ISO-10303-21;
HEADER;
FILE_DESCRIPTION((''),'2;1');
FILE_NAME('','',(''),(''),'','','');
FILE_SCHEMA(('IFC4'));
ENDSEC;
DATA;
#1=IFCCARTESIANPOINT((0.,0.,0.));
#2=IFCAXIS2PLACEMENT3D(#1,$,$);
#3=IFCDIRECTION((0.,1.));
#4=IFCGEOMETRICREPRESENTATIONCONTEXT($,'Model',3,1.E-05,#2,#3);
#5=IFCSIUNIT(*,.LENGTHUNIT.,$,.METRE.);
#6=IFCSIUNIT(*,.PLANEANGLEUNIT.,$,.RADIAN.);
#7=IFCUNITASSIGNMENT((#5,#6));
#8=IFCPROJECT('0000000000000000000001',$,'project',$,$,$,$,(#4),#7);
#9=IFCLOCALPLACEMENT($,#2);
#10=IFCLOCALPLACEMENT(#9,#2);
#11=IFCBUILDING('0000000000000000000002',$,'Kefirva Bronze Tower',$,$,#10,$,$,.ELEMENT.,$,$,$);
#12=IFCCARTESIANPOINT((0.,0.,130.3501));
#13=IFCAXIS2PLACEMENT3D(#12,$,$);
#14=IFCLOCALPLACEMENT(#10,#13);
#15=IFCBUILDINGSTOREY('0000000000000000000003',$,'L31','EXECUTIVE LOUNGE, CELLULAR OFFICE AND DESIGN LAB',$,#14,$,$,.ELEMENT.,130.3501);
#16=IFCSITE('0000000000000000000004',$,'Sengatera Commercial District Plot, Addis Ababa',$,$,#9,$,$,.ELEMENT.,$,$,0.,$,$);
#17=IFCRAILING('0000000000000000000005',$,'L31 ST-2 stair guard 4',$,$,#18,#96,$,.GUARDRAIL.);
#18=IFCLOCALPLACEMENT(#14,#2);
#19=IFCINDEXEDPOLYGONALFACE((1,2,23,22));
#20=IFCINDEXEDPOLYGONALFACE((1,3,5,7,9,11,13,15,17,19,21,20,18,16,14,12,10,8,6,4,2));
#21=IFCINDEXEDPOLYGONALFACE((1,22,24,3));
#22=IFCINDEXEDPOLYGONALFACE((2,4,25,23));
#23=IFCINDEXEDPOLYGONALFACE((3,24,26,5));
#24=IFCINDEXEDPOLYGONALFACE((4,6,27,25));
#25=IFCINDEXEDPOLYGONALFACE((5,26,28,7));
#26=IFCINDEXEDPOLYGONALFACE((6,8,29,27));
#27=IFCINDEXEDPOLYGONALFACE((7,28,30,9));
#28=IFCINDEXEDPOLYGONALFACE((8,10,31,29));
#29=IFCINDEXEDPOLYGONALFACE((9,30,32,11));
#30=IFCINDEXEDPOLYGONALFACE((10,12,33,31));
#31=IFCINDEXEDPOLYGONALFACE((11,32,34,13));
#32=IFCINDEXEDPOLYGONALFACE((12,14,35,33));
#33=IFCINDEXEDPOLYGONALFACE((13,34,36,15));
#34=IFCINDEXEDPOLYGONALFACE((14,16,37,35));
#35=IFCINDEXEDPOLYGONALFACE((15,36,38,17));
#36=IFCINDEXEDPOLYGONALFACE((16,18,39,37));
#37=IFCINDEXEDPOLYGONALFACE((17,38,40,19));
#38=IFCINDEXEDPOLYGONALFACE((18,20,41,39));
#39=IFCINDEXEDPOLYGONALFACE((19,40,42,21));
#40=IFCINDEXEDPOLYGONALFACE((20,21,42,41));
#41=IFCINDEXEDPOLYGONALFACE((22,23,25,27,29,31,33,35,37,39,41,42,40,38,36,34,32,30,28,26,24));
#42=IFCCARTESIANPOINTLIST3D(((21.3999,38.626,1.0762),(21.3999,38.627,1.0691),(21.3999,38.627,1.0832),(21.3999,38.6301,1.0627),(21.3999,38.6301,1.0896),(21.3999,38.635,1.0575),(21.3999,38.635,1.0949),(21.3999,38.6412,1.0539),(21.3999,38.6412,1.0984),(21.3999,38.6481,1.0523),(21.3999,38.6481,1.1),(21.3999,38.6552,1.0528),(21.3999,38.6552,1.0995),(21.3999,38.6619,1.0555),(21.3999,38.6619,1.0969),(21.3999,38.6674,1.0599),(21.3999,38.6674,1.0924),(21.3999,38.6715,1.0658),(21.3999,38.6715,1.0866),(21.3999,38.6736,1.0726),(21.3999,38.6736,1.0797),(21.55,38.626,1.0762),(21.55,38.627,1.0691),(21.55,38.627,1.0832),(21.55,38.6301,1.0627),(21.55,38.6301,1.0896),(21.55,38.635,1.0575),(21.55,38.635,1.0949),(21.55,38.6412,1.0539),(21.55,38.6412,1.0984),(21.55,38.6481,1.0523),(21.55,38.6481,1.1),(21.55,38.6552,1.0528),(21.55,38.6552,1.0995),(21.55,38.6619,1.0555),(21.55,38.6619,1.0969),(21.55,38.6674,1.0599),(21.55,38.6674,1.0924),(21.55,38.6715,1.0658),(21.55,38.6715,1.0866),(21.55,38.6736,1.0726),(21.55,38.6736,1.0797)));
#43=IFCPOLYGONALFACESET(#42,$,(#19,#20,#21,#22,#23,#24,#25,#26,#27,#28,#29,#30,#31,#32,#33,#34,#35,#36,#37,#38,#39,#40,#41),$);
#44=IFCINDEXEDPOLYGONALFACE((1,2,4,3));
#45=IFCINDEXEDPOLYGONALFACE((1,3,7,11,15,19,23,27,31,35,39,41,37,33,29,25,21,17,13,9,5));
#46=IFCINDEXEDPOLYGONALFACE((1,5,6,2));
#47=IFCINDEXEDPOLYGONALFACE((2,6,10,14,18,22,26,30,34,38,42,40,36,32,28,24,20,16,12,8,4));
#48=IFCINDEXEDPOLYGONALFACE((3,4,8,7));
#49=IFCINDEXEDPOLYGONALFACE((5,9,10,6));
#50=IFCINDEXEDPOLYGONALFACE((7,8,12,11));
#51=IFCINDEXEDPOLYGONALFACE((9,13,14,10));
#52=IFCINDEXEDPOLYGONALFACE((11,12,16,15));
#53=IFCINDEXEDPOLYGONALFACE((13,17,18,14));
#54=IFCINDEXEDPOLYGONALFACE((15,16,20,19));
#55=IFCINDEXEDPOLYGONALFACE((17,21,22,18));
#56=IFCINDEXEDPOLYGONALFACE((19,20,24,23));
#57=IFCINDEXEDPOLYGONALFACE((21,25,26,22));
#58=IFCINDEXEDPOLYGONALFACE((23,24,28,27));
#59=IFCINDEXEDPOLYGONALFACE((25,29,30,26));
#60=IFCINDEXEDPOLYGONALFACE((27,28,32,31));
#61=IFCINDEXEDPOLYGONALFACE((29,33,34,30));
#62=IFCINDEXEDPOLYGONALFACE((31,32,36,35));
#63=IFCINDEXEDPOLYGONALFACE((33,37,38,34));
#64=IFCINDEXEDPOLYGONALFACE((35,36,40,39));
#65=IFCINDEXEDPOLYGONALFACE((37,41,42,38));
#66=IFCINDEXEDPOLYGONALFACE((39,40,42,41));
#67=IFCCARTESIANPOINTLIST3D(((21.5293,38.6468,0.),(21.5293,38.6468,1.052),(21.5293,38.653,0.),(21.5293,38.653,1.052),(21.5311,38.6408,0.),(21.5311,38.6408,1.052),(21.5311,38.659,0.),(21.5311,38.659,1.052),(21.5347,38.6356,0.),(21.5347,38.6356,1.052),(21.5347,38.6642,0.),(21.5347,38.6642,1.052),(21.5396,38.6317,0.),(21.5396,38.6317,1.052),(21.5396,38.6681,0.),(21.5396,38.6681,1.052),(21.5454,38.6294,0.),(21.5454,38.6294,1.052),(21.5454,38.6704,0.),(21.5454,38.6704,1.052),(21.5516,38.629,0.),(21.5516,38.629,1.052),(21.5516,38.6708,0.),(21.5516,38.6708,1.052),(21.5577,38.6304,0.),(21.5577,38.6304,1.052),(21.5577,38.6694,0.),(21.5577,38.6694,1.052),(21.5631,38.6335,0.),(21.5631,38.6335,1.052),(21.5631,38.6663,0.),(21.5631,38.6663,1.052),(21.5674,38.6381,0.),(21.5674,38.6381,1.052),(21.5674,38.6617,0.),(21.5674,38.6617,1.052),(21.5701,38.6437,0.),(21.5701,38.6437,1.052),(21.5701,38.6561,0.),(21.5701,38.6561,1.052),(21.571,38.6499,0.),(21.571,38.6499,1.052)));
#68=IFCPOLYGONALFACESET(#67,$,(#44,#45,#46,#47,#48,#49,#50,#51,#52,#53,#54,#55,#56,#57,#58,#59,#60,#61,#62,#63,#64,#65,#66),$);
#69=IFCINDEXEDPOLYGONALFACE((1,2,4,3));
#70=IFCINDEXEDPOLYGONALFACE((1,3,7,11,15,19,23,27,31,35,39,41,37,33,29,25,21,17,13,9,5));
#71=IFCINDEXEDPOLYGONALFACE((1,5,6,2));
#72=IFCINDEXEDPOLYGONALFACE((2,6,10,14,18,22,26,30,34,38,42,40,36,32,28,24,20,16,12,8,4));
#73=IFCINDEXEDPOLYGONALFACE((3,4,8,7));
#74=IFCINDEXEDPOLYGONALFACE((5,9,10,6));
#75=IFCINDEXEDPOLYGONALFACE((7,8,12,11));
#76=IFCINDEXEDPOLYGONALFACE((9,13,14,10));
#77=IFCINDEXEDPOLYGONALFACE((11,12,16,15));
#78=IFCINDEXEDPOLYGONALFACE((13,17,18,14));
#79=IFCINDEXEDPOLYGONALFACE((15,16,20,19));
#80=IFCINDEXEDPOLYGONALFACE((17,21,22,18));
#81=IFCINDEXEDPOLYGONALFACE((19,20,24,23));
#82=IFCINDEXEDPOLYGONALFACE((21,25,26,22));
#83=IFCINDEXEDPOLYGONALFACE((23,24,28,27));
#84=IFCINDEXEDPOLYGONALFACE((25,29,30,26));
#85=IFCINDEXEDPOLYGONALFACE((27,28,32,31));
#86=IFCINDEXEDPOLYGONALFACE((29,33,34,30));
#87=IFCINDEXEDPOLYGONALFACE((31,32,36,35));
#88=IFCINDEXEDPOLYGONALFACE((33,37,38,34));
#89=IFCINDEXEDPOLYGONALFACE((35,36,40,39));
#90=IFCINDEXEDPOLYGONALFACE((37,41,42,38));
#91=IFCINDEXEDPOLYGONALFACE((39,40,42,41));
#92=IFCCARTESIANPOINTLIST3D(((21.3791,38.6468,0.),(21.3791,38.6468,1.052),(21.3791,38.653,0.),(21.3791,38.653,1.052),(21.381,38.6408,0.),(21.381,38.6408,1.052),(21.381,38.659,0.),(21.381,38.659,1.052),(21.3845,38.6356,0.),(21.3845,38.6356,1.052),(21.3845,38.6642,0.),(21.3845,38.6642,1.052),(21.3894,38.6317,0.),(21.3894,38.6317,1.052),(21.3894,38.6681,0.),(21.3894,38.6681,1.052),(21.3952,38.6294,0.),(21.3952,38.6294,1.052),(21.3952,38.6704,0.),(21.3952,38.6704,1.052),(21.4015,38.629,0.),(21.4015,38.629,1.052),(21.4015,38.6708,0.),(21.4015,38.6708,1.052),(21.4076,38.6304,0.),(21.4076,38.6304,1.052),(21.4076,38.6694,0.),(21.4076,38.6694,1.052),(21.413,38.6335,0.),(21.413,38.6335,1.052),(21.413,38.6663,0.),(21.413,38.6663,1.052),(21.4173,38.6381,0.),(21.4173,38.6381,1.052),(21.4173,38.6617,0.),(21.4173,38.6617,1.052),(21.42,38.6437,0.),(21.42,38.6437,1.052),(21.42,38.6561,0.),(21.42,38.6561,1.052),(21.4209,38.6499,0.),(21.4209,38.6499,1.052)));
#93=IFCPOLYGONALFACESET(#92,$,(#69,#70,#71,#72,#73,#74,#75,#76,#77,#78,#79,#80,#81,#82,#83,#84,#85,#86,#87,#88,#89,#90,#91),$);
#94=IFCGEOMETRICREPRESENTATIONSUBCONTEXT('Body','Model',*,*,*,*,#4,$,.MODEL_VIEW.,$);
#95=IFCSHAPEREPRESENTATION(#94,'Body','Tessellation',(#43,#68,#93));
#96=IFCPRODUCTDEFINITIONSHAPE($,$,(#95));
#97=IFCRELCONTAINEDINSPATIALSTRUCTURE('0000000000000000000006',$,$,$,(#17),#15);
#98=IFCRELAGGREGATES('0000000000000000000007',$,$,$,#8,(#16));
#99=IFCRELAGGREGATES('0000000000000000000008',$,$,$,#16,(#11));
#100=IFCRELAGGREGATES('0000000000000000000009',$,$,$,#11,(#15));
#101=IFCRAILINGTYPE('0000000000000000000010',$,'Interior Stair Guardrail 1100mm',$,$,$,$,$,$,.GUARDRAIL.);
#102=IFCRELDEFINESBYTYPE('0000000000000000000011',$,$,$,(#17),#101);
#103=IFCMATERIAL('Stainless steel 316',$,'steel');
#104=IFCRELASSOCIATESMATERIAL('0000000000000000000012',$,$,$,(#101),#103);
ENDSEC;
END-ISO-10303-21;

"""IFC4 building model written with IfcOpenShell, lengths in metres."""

from ifc_helpers import new_model, si_unit, direction, frame, origin, origin_2d, place, context, subcontext, project, spatial, circle, extrude, material, type_object, element, save


model = new_model("IFC4")

# Units and contexts
model_context = context("Model", 3, precision=1e-05, world=origin(), true_north=direction((0.0, 1.0)))
body_context = subcontext(model_context, "Body", "Model", "MODEL_VIEW")
ifc_project = project(units=[si_unit("LENGTHUNIT", "METRE"), si_unit("PLANEANGLEUNIT", "RADIAN")], contexts=[model_context])

# Site, building, storey
site_placement = place(None, origin())
site = spatial("IfcSite", under=ifc_project, at=site_placement, Name="Sengatera Commercial District Plot, Addis Ababa", CompositionType="ELEMENT", RefElevation=0.0)
building_placement = place(site_placement, origin())
building = spatial("IfcBuilding", under=site, at=building_placement, Name="Kefirva Bronze Tower", CompositionType="ELEMENT")
storey_placement = place(building_placement, frame((0.0, 0.0, 130.3501)))
storey = spatial("IfcBuildingStorey", under=building, at=storey_placement, Name="L31", Description="EXECUTIVE LOUNGE, CELLULAR OFFICE AND DESIGN LAB", CompositionType="ELEMENT", Elevation=130.3501)

# Railing
ifc_material_1 = material(Name="Stainless steel 316", Category="steel")
railing_type_1 = type_object("IfcRailingType", Name="Interior Stair Guardrail 1100mm", PredefinedType="GUARDRAIL", material=ifc_material_1)
railing_1_placement = place(storey_placement, frame((21.55, 38.6499, 0.0)))
element("IfcRailing", 1, at=railing_1_placement, inside=storey, type_object=railing_type_1, Name="L31 ST-2 stair guard 4", PredefinedType="GUARDRAIL", context=body_context, shape_type="SweptSolid", body=[
    extrude(circle(Radius=0.0239, at=origin_2d()), frame((0.0, 0.0, 1.0762), z_axis=(-1.0, 0.0, 0.0), x_axis=(0.0, -1.0, 0.0)), (0.0, 0.0, 1.0), 0.1501),
    extrude(circle(Radius=0.021, at=origin_2d()), origin(), (0.0, 0.0, 1.0), 1.052),
    extrude(circle(Radius=0.021, at=origin_2d()), frame((-0.1501, 0.0, 0.0)), (0.0, 0.0, 1.0), 1.052),
])

save(model, "model.ifc")
